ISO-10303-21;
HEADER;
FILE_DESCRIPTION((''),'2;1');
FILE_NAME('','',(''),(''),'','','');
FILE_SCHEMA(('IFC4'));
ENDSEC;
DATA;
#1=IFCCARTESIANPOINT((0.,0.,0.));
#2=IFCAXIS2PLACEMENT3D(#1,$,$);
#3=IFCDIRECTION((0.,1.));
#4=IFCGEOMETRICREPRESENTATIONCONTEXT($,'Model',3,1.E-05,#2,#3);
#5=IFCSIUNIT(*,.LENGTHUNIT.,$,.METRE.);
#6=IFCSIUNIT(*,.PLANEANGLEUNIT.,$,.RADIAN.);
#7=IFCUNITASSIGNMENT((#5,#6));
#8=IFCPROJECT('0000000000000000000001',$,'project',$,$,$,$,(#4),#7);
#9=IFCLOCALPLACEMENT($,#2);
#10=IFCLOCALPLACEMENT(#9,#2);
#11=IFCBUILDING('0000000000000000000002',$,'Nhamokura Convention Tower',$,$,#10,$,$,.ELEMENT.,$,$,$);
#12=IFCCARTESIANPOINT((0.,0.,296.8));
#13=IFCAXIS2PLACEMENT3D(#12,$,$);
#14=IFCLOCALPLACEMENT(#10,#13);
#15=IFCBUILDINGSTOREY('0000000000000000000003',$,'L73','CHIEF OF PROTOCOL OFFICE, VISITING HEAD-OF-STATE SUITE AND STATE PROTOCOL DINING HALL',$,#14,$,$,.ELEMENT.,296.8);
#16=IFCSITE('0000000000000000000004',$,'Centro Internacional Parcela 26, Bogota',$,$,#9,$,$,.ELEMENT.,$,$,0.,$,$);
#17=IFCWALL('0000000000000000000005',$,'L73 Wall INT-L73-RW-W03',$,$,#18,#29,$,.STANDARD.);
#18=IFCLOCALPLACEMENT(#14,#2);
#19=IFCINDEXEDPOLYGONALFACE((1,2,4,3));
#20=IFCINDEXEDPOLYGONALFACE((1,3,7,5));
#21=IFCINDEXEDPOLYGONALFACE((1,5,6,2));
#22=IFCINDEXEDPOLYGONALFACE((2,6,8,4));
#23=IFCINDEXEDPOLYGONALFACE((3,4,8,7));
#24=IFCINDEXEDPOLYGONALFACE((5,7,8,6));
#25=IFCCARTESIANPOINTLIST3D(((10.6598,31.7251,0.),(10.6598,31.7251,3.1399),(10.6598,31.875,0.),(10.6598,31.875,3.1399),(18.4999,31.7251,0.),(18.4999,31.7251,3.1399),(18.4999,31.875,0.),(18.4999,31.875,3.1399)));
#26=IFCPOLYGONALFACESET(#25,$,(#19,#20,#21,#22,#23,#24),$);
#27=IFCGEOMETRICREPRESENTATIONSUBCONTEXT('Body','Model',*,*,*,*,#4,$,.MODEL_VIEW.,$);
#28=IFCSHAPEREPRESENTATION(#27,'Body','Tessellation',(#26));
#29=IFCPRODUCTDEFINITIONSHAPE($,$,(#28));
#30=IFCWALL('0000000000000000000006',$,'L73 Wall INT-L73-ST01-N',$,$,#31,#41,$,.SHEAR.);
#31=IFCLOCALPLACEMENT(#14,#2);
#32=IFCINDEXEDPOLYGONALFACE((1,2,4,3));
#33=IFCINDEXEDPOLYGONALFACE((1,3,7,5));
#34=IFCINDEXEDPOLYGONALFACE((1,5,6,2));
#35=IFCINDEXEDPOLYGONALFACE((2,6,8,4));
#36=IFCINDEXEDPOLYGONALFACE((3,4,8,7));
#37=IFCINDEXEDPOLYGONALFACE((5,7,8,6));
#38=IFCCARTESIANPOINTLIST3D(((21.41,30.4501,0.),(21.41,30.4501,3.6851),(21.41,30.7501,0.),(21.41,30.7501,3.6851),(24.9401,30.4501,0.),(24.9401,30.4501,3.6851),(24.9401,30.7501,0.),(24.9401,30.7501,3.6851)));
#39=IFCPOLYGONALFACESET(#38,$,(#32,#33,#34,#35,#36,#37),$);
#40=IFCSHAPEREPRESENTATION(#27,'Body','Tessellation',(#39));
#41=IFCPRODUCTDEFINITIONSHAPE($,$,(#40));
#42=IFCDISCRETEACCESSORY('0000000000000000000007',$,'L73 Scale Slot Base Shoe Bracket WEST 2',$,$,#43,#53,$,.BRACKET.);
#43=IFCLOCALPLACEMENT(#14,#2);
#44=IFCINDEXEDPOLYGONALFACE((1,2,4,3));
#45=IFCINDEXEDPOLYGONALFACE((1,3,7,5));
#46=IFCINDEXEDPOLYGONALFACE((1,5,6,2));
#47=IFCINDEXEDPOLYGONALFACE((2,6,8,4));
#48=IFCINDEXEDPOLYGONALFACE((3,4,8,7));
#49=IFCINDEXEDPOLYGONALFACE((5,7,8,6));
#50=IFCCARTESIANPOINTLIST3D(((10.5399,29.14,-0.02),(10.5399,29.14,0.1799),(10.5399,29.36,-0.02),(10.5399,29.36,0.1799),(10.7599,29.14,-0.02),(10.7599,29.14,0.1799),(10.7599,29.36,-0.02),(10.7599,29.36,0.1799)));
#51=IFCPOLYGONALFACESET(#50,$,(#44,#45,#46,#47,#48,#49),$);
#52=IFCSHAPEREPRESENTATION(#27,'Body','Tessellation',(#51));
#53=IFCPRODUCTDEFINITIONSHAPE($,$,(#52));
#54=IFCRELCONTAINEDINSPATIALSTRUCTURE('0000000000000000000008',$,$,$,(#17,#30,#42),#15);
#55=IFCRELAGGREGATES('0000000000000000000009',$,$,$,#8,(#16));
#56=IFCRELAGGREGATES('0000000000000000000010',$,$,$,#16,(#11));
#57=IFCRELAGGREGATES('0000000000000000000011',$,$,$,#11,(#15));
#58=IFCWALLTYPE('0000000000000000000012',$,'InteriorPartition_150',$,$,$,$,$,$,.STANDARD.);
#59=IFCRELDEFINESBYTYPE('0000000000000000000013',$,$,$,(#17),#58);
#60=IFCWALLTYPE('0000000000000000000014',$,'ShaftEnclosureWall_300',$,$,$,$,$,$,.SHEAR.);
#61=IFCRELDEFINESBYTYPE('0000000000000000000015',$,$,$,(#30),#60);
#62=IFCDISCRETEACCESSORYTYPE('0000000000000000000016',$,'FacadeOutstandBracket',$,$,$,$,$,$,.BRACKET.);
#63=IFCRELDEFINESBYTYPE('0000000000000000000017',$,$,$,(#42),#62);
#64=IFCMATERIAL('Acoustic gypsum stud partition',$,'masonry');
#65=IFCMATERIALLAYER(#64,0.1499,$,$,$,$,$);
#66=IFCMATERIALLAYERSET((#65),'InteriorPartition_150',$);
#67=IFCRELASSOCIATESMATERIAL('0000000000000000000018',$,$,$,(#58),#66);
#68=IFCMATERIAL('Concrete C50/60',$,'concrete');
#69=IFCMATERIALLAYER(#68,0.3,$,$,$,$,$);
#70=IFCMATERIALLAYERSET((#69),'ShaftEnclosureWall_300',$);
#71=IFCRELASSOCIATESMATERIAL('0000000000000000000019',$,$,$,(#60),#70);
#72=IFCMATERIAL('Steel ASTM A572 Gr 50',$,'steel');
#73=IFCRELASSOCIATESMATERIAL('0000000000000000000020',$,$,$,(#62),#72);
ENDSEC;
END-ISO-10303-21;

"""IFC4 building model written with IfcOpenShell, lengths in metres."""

from ifc_helpers import new_model, si_unit, direction, frame, frame_2d, origin, origin_2d, place, context, subcontext, project, spatial, rectangle, extrude, material, layer, layer_set, type_object, element, save


model = new_model("IFC4")

# Units and contexts
model_context = context("Model", 3, precision=1e-05, world=origin(), true_north=direction((0.0, 1.0)))
body_context = subcontext(model_context, "Body", "Model", "MODEL_VIEW")
ifc_project = project(units=[si_unit("LENGTHUNIT", "METRE"), si_unit("PLANEANGLEUNIT", "RADIAN")], contexts=[model_context])

# Site, building, storey
site_placement = place(None, origin())
site = spatial("IfcSite", under=ifc_project, at=site_placement, Name="Centro Internacional Parcela 26, Bogota", CompositionType="ELEMENT", RefElevation=0.0)
building_placement = place(site_placement, origin())
building = spatial("IfcBuilding", under=site, at=building_placement, Name="Nhamokura Convention Tower", CompositionType="ELEMENT")
storey_placement = place(building_placement, frame((0.0, 0.0, 296.8)))
storey = spatial("IfcBuildingStorey", under=building, at=storey_placement, Name="L73", Description="CHIEF OF PROTOCOL OFFICE, VISITING HEAD-OF-STATE SUITE AND STATE PROTOCOL DINING HALL", CompositionType="ELEMENT", Elevation=296.8)

# Walls
ifc_material_1 = material(Name="Acoustic gypsum stud partition", Category="masonry")
ifc_layer_1 = layer(ifc_material_1, 0.1499)
ifc_layer_set_1 = layer_set([ifc_layer_1], Name="InteriorPartition_150")
wall_type_1 = type_object("IfcWallType", Name="InteriorPartition_150", PredefinedType="STANDARD", material=ifc_layer_set_1)
wall_1_placement = place(storey_placement, frame((10.6599, 31.8, 0.0), z_axis=(0.0, 0.0, 1.0), x_axis=(1.0, 0.0, 0.0)))
element("IfcWall", 1, at=wall_1_placement, inside=storey, type_object=wall_type_1, Name="L73 Wall INT-L73-RW-W03", PredefinedType="STANDARD", context=body_context, shape_type="SweptSolid", body=[
    extrude(rectangle(XDim=7.8401, YDim=0.1499, at=frame_2d((3.9199, 0.0))), origin(), (0.0, 0.0, 1.0), 3.1399),
])
ifc_material_2 = material(Name="Concrete C50/60", Category="concrete")
ifc_layer_2 = layer(ifc_material_2, 0.3)
ifc_layer_set_2 = layer_set([ifc_layer_2], Name="ShaftEnclosureWall_300")
wall_type_2 = type_object("IfcWallType", Name="ShaftEnclosureWall_300", PredefinedType="SHEAR", material=ifc_layer_set_2)
wall_2_placement = place(storey_placement, frame((21.4099, 30.6001, 0.0), z_axis=(0.0, 0.0, 1.0), x_axis=(1.0, 0.0, 0.0)))
element("IfcWall", 2, at=wall_2_placement, inside=storey, type_object=wall_type_2, Name="L73 Wall INT-L73-ST01-N", PredefinedType="SHEAR", context=body_context, shape_type="SweptSolid", body=[
    extrude(rectangle(XDim=3.53, YDim=0.3, at=frame_2d((1.7651, 0.0))), origin(), (0.0, 0.0, 1.0), 3.6851),
])

# Discrete accessory
ifc_material_3 = material(Name="Steel ASTM A572 Gr 50", Category="steel")
discrete_accessory_type = type_object("IfcDiscreteAccessoryType", Name="FacadeOutstandBracket", PredefinedType="BRACKET", material=ifc_material_3)
discrete_accessory_placement = place(storey_placement, frame((10.6499, 29.25, -0.02), z_axis=(0.0, 0.0, 1.0), x_axis=(1.0, 0.0, 0.0)))
element("IfcDiscreteAccessory", 3, at=discrete_accessory_placement, inside=storey, type_object=discrete_accessory_type, Name="L73 Scale Slot Base Shoe Bracket WEST 2", PredefinedType="BRACKET", context=body_context, shape_type="SweptSolid", body=[
    extrude(rectangle(XDim=0.22, YDim=0.22, at=origin_2d()), origin(), (0.0, 0.0, 1.0), 0.2),
])

save(model, "model.ifc")
